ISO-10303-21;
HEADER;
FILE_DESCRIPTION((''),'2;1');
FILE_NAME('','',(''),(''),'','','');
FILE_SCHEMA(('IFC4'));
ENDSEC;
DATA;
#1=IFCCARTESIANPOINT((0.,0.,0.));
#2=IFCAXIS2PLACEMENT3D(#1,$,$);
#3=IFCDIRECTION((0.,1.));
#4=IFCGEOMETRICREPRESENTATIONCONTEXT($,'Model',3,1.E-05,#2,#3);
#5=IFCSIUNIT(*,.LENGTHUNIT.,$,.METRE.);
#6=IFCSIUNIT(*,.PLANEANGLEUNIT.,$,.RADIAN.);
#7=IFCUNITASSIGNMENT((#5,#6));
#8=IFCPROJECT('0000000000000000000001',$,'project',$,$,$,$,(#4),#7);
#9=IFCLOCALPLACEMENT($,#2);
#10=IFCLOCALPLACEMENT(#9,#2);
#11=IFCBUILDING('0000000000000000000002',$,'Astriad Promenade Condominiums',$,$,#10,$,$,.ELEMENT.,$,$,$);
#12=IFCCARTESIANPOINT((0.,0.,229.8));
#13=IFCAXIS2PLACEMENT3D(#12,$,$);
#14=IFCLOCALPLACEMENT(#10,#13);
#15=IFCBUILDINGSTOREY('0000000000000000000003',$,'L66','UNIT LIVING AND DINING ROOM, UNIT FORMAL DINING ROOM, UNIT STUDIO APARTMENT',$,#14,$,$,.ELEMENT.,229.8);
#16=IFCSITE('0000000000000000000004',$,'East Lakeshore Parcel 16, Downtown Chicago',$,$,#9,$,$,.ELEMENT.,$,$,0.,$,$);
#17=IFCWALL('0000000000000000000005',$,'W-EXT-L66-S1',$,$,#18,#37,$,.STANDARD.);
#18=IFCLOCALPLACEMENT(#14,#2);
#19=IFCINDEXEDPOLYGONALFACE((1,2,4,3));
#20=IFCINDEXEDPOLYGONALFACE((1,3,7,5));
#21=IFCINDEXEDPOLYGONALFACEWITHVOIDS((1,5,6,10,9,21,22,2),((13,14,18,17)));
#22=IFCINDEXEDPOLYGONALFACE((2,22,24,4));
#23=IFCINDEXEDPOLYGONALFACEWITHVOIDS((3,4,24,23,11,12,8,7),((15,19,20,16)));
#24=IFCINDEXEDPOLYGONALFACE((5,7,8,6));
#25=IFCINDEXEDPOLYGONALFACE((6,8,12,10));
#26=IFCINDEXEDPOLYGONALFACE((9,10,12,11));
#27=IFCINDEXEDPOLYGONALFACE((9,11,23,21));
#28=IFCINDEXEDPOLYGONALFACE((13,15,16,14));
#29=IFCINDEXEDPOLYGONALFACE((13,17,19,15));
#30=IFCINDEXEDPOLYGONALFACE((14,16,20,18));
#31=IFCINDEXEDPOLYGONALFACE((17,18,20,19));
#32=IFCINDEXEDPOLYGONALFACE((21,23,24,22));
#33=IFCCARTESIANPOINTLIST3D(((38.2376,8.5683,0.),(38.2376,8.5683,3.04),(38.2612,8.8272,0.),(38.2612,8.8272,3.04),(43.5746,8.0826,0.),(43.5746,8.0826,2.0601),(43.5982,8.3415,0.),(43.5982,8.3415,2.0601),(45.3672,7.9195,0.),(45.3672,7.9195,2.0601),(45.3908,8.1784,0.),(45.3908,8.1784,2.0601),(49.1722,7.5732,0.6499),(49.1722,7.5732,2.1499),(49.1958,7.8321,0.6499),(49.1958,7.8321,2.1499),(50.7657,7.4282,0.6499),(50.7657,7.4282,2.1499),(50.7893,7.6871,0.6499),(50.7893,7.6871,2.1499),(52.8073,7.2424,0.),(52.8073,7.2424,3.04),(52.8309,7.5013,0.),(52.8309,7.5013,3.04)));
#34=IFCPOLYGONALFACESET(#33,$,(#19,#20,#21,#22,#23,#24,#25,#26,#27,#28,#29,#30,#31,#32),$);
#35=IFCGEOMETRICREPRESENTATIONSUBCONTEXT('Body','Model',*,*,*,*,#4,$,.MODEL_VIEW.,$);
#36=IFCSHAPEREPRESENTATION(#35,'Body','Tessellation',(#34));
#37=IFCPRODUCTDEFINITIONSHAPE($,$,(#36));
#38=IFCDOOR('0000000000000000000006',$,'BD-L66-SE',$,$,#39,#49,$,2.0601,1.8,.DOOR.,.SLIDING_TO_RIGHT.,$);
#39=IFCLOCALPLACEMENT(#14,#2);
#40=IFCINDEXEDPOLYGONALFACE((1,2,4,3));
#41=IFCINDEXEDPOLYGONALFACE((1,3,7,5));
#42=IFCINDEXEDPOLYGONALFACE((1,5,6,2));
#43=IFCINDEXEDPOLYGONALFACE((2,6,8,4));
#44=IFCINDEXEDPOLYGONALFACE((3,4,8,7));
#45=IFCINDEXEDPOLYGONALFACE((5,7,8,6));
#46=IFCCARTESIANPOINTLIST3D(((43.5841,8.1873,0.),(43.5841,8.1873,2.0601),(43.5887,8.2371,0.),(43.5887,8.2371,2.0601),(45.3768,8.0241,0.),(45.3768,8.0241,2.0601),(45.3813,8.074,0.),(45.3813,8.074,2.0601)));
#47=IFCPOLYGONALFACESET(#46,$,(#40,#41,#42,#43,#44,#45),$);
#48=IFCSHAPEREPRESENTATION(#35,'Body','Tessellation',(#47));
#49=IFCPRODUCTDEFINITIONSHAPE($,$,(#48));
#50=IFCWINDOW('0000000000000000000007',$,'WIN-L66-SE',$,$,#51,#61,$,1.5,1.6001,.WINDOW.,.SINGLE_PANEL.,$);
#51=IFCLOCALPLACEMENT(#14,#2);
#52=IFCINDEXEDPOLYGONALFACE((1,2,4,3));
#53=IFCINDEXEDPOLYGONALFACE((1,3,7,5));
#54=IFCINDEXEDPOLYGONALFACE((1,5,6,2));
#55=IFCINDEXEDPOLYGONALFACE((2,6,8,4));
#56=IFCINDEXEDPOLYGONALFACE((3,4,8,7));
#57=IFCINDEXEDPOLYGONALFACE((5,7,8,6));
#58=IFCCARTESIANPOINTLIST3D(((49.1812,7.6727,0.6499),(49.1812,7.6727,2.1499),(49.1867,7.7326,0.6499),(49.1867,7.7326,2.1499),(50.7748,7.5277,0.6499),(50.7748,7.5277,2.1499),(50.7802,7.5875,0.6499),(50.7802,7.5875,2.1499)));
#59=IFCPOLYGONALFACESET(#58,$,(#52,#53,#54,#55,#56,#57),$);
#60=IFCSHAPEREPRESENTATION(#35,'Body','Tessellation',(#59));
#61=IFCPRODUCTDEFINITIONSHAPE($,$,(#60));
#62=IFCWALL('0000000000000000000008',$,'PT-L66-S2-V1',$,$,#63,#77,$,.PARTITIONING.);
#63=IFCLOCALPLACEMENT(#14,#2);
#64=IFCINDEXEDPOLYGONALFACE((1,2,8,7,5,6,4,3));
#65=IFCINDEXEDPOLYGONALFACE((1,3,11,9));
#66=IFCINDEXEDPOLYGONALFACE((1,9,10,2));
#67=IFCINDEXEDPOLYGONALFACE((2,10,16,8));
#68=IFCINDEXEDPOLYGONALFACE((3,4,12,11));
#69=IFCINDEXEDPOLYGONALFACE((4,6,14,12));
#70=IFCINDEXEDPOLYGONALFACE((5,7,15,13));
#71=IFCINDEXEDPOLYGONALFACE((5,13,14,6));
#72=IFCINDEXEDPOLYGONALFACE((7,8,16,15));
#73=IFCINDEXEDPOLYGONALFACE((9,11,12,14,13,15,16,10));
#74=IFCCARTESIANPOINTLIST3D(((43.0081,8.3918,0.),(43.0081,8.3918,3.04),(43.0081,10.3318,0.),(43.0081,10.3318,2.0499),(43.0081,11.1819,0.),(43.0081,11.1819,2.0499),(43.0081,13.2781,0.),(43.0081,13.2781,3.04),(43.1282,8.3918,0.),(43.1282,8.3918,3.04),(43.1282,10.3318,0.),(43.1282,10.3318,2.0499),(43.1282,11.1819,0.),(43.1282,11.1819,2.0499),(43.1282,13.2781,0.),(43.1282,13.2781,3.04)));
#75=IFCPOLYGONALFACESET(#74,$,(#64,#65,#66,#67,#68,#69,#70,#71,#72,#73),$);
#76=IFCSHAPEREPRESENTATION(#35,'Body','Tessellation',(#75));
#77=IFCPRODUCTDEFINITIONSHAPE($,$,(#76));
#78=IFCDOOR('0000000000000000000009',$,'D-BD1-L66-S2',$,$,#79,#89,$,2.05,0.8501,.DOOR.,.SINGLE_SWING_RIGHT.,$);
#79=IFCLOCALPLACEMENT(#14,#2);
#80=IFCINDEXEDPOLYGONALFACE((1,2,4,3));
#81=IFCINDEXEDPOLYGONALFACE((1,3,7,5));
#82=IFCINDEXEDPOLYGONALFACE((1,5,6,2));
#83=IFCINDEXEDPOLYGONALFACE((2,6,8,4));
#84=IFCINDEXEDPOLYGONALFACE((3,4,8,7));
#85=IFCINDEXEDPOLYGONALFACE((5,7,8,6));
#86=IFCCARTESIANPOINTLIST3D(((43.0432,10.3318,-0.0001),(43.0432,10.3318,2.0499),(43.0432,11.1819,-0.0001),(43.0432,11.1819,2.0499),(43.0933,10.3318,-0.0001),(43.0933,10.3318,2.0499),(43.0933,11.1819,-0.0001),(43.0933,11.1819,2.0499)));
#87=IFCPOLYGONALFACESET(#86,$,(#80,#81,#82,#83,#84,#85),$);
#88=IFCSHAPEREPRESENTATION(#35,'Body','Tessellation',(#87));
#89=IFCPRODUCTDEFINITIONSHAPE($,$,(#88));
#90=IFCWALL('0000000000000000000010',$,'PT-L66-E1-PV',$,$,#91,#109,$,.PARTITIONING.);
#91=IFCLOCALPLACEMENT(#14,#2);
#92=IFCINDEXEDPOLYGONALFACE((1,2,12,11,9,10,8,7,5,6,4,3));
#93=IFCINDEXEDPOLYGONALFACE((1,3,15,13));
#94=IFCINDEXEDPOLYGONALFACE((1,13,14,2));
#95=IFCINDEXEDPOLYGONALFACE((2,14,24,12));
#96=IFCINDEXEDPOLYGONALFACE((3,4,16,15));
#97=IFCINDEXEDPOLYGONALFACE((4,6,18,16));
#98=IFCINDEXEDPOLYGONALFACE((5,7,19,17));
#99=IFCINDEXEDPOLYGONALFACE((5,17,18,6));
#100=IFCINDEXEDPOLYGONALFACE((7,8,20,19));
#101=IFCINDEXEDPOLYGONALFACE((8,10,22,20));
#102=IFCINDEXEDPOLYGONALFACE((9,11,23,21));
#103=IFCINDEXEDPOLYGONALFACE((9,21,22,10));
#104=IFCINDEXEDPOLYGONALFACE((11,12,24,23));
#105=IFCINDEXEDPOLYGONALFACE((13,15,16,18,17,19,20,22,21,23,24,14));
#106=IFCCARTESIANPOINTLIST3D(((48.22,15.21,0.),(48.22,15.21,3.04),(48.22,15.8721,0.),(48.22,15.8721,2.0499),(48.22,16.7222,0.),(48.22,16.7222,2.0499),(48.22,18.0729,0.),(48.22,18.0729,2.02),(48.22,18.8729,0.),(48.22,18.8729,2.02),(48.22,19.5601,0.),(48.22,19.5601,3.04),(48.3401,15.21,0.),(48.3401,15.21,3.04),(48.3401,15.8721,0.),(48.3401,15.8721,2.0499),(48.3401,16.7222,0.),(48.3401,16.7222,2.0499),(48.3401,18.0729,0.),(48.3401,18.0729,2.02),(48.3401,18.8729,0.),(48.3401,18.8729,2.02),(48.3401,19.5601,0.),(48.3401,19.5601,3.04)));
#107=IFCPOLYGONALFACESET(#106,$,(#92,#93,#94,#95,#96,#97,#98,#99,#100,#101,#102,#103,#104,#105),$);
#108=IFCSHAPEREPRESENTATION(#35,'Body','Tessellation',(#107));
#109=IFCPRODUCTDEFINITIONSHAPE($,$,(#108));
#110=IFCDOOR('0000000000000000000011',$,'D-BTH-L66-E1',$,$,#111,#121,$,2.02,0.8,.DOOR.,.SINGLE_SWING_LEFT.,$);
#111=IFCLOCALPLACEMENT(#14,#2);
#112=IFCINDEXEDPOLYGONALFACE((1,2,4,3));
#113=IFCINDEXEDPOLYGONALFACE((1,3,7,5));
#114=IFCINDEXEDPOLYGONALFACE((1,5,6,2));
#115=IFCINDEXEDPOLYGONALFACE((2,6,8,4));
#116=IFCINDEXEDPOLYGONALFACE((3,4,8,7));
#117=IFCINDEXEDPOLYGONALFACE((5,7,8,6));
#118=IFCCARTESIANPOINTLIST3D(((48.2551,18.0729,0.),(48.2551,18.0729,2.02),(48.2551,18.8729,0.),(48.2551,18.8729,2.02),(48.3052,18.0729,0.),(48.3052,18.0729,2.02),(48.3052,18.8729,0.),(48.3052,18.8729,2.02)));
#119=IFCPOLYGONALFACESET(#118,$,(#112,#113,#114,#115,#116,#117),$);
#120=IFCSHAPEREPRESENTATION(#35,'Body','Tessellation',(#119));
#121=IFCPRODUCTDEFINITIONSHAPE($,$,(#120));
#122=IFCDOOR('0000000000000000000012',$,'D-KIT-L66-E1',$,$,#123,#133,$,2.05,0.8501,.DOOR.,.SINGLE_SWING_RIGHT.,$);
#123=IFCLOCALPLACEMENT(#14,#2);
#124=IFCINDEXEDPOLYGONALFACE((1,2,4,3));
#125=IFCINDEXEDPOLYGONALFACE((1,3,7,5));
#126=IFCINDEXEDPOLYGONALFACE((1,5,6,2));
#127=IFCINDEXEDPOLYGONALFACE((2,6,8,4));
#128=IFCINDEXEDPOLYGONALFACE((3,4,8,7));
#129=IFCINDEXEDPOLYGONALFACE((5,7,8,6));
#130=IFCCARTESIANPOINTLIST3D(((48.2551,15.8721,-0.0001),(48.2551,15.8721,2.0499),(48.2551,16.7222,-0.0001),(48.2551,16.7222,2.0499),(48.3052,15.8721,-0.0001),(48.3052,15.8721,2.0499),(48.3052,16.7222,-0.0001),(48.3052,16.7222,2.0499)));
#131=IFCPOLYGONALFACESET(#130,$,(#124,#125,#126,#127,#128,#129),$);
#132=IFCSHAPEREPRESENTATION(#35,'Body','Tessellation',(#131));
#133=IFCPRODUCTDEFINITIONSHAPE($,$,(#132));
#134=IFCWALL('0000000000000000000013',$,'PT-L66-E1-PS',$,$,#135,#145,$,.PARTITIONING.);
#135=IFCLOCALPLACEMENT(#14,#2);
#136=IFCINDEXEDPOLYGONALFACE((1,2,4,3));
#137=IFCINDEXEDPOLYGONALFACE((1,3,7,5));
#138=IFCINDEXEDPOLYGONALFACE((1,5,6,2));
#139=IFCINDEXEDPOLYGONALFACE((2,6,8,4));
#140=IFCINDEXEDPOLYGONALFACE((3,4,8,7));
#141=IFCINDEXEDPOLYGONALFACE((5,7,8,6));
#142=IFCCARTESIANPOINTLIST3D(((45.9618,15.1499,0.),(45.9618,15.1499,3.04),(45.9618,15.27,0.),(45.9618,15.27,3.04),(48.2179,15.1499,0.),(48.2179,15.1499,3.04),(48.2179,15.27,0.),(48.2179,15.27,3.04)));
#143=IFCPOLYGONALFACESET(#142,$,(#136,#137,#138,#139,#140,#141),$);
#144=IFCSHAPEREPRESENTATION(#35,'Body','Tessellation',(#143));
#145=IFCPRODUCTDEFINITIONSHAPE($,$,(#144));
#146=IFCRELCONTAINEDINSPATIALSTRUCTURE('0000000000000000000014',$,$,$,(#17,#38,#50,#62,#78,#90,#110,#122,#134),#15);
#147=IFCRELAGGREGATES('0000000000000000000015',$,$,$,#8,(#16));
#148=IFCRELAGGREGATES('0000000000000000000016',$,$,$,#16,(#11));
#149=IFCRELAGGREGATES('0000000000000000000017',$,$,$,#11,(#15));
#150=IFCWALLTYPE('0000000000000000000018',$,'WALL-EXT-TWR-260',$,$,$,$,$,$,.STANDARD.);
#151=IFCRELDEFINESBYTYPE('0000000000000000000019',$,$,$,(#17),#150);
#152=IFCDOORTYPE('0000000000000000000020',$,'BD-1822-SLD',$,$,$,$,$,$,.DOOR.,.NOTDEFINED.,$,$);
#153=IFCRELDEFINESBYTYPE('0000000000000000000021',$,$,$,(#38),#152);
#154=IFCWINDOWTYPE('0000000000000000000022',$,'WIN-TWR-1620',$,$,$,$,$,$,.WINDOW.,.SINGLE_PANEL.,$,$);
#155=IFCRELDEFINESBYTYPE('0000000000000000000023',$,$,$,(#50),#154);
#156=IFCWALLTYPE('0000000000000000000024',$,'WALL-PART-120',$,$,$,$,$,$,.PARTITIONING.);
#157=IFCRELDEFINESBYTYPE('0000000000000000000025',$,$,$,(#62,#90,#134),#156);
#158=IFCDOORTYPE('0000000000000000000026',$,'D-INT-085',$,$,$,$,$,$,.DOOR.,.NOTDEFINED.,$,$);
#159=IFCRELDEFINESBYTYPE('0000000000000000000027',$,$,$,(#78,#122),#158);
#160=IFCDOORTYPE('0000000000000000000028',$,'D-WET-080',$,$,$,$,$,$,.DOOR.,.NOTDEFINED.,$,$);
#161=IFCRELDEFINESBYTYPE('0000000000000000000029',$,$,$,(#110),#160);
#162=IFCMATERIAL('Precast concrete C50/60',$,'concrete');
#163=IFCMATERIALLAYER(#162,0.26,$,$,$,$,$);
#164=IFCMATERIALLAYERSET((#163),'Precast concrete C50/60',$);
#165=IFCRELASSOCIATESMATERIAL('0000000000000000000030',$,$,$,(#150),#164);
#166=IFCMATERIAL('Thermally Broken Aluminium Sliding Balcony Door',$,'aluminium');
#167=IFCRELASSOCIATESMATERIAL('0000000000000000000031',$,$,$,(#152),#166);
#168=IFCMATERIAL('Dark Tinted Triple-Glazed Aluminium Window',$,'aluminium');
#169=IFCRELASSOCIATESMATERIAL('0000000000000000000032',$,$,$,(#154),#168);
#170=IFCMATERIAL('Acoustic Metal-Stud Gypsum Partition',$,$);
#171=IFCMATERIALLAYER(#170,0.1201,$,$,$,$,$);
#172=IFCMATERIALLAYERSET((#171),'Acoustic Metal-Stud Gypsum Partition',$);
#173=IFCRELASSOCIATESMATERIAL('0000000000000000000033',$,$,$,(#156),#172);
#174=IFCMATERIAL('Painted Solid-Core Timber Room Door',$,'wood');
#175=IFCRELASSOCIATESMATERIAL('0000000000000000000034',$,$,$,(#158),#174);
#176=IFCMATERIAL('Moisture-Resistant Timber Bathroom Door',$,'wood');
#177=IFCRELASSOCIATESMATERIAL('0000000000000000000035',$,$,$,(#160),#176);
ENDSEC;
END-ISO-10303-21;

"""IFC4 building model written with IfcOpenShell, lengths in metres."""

from ifc_helpers import new_model, si_unit, direction, frame, frame_2d, origin, place, context, subcontext, project, spatial, rectangle, extrude, source, transform, mapped, material, layer, layer_set, type_object, type_shapes, element, fill, save


model = new_model("IFC4")

# Units and contexts
model_context = context("Model", 3, precision=1e-05, world=origin(), true_north=direction((0.0, 1.0)))
body_context = subcontext(model_context, "Body", "Model", "MODEL_VIEW")
ifc_project = project(units=[si_unit("LENGTHUNIT", "METRE"), si_unit("PLANEANGLEUNIT", "RADIAN")], contexts=[model_context])

# Site, building, storey
site_placement = place(None, origin())
site = spatial("IfcSite", under=ifc_project, at=site_placement, Name="East Lakeshore Parcel 16, Downtown Chicago", CompositionType="ELEMENT", RefElevation=0.0)
building_placement = place(site_placement, origin())
building = spatial("IfcBuilding", under=site, at=building_placement, Name="Astriad Promenade Condominiums", CompositionType="ELEMENT")
storey_placement = place(building_placement, frame((0.0, 0.0, 229.8)))
storey = spatial("IfcBuildingStorey", under=building, at=storey_placement, Name="L66", Description="UNIT LIVING AND DINING ROOM, UNIT FORMAL DINING ROOM, UNIT STUDIO APARTMENT", CompositionType="ELEMENT", Elevation=229.8)

# Shared definitions
ifc_material_1 = material(Name="Precast concrete C50/60", Category="concrete")
ifc_layer_1 = layer(ifc_material_1, 0.26)
ifc_layer_set_1 = layer_set([ifc_layer_1], Name="Precast concrete C50/60")
wall_type_1 = type_object("IfcWallType", Name="WALL-EXT-TWR-260", PredefinedType="STANDARD", material=ifc_layer_set_1)

# Wall, openings, door, window
wall_1_placement = place(storey_placement, frame((52.8191, 7.3718, 0.0), z_axis=(0.0, 0.0, 1.0), x_axis=(-0.995884, 0.090632, 0.0)))
wall_1 = element("IfcWall", 1, at=wall_1_placement, inside=storey, type_object=wall_type_1, Name="W-EXT-L66-S1", PredefinedType="STANDARD", context=body_context, shape_type="SweptSolid", body=[
    extrude(rectangle(XDim=14.6299, YDim=0.26, at=frame_2d((7.3149, 0.0))), origin(), (0.0, 0.0, 1.0), 3.04),
])
opening_1_placement = place(wall_1_placement, frame((7.4709, 0.0, 0.0)))
opening_1 = element("IfcOpeningElement", 2, at=opening_1_placement, cuts=wall_1, PredefinedType="OPENING", context=body_context, shape_type="SweptSolid", body=[
    extrude(rectangle(XDim=1.8, YDim=2.0601, at=frame_2d((0.8999, 1.03))), frame((0.0, 0.1399, 0.0), z_axis=(0.0, -1.0, 0.0), x_axis=(1.0, 0.0, 0.0)), (0.0, 0.0, 1.0), 0.28),
])
opening_2_placement = place(wall_1_placement, frame((2.05, 0.0, 0.6499)))
opening_2 = element("IfcOpeningElement", 3, at=opening_2_placement, cuts=wall_1, PredefinedType="OPENING", context=body_context, shape_type="SweptSolid", body=[
    extrude(rectangle(XDim=1.6001, YDim=1.5, at=frame_2d((0.8, 0.75))), frame((0.0, 0.1399, 0.0), z_axis=(0.0, -1.0, 0.0), x_axis=(1.0, 0.0, 0.0)), (0.0, 0.0, 1.0), 0.28),
])
ifc_material_2 = material(Name="Thermally Broken Aluminium Sliding Balcony Door", Category="aluminium")
door_type_1 = type_object("IfcDoorType", Name="BD-1822-SLD", OperationType="NOTDEFINED", PredefinedType="DOOR", material=ifc_material_2)
shared_shape_1 = source(origin(), body_context, "Body", "SweptSolid", [
    extrude(rectangle(XDim=1.8, YDim=2.0601, at=frame_2d((0.8999, 1.03))), frame((0.0, 0.0249, 0.0), z_axis=(0.0, -1.0, 0.0), x_axis=(1.0, 0.0, 0.0)), (0.0, 0.0, 1.0), 0.05),
])
type_shapes(door_type_1, [shared_shape_1])
door_1_placement = place(opening_1_placement, origin())
door_1 = element("IfcDoor", 4, at=door_1_placement, inside=storey, type_object=door_type_1, Name="BD-L66-SE", OperationType="SLIDING_TO_RIGHT", OverallHeight=2.0601, OverallWidth=1.8, PredefinedType="DOOR", context=body_context, shape_type="MappedRepresentation", body=[
    mapped(shared_shape_1, transform((0.0, 0.0, 0.0), scale=1.0)),
])
fill(opening_1, door_1)
ifc_material_3 = material(Name="Dark Tinted Triple-Glazed Aluminium Window", Category="aluminium")
window_type = type_object("IfcWindowType", Name="WIN-TWR-1620", PartitioningType="SINGLE_PANEL", PredefinedType="WINDOW", material=ifc_material_3)
shared_shape_2 = source(origin(), body_context, "Body", "SweptSolid", [
    extrude(rectangle(XDim=1.6001, YDim=1.5, at=frame_2d((0.8, 0.75))), frame((0.0, 0.03, 0.0), z_axis=(0.0, -1.0, 0.0), x_axis=(1.0, 0.0, 0.0)), (0.0, 0.0, 1.0), 0.0601),
])
type_shapes(window_type, [shared_shape_2])
window_placement = place(opening_2_placement, origin())
window = element("IfcWindow", 5, at=window_placement, inside=storey, type_object=window_type, Name="WIN-L66-SE", OverallHeight=1.5, OverallWidth=1.6001, PartitioningType="SINGLE_PANEL", PredefinedType="WINDOW", context=body_context, shape_type="MappedRepresentation", body=[
    mapped(shared_shape_2, transform((0.0, 0.0, 0.0), scale=1.0)),
])
fill(opening_2, window)

# Wall, opening, door
ifc_material_4 = material(Name="Acoustic Metal-Stud Gypsum Partition")
ifc_layer_2 = layer(ifc_material_4, 0.1201)
ifc_layer_set_2 = layer_set([ifc_layer_2], Name="Acoustic Metal-Stud Gypsum Partition")
wall_type_2 = type_object("IfcWallType", Name="WALL-PART-120", PredefinedType="PARTITIONING", material=ifc_layer_set_2)
wall_2_placement = place(storey_placement, frame((43.0681, 8.3918, 0.0), z_axis=(0.0, 0.0, 1.0), x_axis=(0.0, 1.0, 0.0)))
wall_2 = element("IfcWall", 6, at=wall_2_placement, inside=storey, type_object=wall_type_2, Name="PT-L66-S2-V1", PredefinedType="PARTITIONING", context=body_context, shape_type="SweptSolid", body=[
    extrude(rectangle(XDim=4.8862, YDim=0.1201, at=frame_2d((2.4431, 0.0))), origin(), (0.0, 0.0, 1.0), 3.04),
])
opening_3_placement = place(wall_2_placement, frame((1.9399, 0.0, 0.0)))
opening_3 = element("IfcOpeningElement", 7, at=opening_3_placement, cuts=wall_2, PredefinedType="OPENING", context=body_context, shape_type="SweptSolid", body=[
    extrude(rectangle(XDim=0.8501, YDim=2.05, at=frame_2d((0.425, 1.0249))), frame((0.0, 0.0701, 0.0), z_axis=(0.0, -1.0, 0.0), x_axis=(1.0, 0.0, 0.0)), (0.0, 0.0, 1.0), 0.1401),
])
ifc_material_5 = material(Name="Painted Solid-Core Timber Room Door", Category="wood")
door_type_2 = type_object("IfcDoorType", Name="D-INT-085", OperationType="NOTDEFINED", PredefinedType="DOOR", material=ifc_material_5)
shared_shape_3 = source(origin(), body_context, "Body", "SweptSolid", [
    extrude(rectangle(XDim=0.8501, YDim=2.05, at=frame_2d((0.425, 1.0249))), frame((0.0, 0.0249, 0.0), z_axis=(0.0, -1.0, 0.0), x_axis=(1.0, 0.0, 0.0)), (0.0, 0.0, 1.0), 0.05),
])
type_shapes(door_type_2, [shared_shape_3])
door_2_placement = place(opening_3_placement, origin())
door_2 = element("IfcDoor", 8, at=door_2_placement, inside=storey, type_object=door_type_2, Name="D-BD1-L66-S2", OperationType="SINGLE_SWING_RIGHT", OverallHeight=2.05, OverallWidth=0.8501, PredefinedType="DOOR", context=body_context, shape_type="MappedRepresentation", body=[
    mapped(shared_shape_3, transform((0.0, 0.0, 0.0), scale=1.0)),
])
fill(opening_3, door_2)

# Wall, openings, doors
wall_3_placement = place(storey_placement, frame((48.28, 15.21, 0.0), z_axis=(0.0, 0.0, 1.0), x_axis=(0.0, 1.0, 0.0)))
wall_3 = element("IfcWall", 9, at=wall_3_placement, inside=storey, type_object=wall_type_2, Name="PT-L66-E1-PV", PredefinedType="PARTITIONING", context=body_context, shape_type="SweptSolid", body=[
    extrude(rectangle(XDim=4.3501, YDim=0.1201, at=frame_2d((2.175, 0.0))), origin(), (0.0, 0.0, 1.0), 3.04),
])
opening_4_placement = place(wall_3_placement, frame((0.6621, 0.0, 0.0)))
opening_4 = element("IfcOpeningElement", 10, at=opening_4_placement, cuts=wall_3, PredefinedType="OPENING", context=body_context, shape_type="SweptSolid", body=[
    extrude(rectangle(XDim=0.8501, YDim=2.05, at=frame_2d((0.425, 1.0249))), frame((0.0, 0.0701, 0.0), z_axis=(0.0, -1.0, 0.0), x_axis=(1.0, 0.0, 0.0)), (0.0, 0.0, 1.0), 0.1401),
])
opening_5_placement = place(wall_3_placement, frame((2.863, 0.0, 0.0)))
opening_5 = element("IfcOpeningElement", 11, at=opening_5_placement, cuts=wall_3, PredefinedType="OPENING", context=body_context, shape_type="SweptSolid", body=[
    extrude(rectangle(XDim=0.8, YDim=2.02, at=frame_2d((0.3999, 1.01))), frame((0.0, 0.0701, 0.0), z_axis=(0.0, -1.0, 0.0), x_axis=(1.0, 0.0, 0.0)), (0.0, 0.0, 1.0), 0.1401),
])
ifc_material_6 = material(Name="Moisture-Resistant Timber Bathroom Door", Category="wood")
door_type_3 = type_object("IfcDoorType", Name="D-WET-080", OperationType="NOTDEFINED", PredefinedType="DOOR", material=ifc_material_6)
shared_shape_4 = source(origin(), body_context, "Body", "SweptSolid", [
    extrude(rectangle(XDim=0.8, YDim=2.02, at=frame_2d((0.3999, 1.01))), frame((0.0, 0.0249, 0.0), z_axis=(0.0, -1.0, 0.0), x_axis=(1.0, 0.0, 0.0)), (0.0, 0.0, 1.0), 0.05),
])
type_shapes(door_type_3, [shared_shape_4])
door_3_placement = place(opening_5_placement, origin())
door_3 = element("IfcDoor", 12, at=door_3_placement, inside=storey, type_object=door_type_3, Name="D-BTH-L66-E1", OperationType="SINGLE_SWING_LEFT", OverallHeight=2.02, OverallWidth=0.8, PredefinedType="DOOR", context=body_context, shape_type="MappedRepresentation", body=[
    mapped(shared_shape_4, transform((0.0, 0.0, 0.0), scale=1.0)),
])
fill(opening_5, door_3)
door_4_placement = place(opening_4_placement, origin())
door_4 = element("IfcDoor", 13, at=door_4_placement, inside=storey, type_object=door_type_2, Name="D-KIT-L66-E1", OperationType="SINGLE_SWING_RIGHT", OverallHeight=2.05, OverallWidth=0.8501, PredefinedType="DOOR", context=body_context, shape_type="MappedRepresentation", body=[
    mapped(shared_shape_3, transform((0.0, 0.0, 0.0), scale=1.0)),
])
fill(opening_4, door_4)

# Wall
wall_4_placement = place(storey_placement, frame((45.9619, 15.21, 0.0), z_axis=(0.0, 0.0, 1.0), x_axis=(1.0, 0.0, 0.0)))
element("IfcWall", 14, at=wall_4_placement, inside=storey, type_object=wall_type_2, Name="PT-L66-E1-PS", PredefinedType="PARTITIONING", context=body_context, shape_type="SweptSolid", body=[
    extrude(rectangle(XDim=2.2561, YDim=0.1201, at=frame_2d((1.1279, 0.0))), origin(), (0.0, 0.0, 1.0), 3.04),
])

save(model, "model.ifc")
